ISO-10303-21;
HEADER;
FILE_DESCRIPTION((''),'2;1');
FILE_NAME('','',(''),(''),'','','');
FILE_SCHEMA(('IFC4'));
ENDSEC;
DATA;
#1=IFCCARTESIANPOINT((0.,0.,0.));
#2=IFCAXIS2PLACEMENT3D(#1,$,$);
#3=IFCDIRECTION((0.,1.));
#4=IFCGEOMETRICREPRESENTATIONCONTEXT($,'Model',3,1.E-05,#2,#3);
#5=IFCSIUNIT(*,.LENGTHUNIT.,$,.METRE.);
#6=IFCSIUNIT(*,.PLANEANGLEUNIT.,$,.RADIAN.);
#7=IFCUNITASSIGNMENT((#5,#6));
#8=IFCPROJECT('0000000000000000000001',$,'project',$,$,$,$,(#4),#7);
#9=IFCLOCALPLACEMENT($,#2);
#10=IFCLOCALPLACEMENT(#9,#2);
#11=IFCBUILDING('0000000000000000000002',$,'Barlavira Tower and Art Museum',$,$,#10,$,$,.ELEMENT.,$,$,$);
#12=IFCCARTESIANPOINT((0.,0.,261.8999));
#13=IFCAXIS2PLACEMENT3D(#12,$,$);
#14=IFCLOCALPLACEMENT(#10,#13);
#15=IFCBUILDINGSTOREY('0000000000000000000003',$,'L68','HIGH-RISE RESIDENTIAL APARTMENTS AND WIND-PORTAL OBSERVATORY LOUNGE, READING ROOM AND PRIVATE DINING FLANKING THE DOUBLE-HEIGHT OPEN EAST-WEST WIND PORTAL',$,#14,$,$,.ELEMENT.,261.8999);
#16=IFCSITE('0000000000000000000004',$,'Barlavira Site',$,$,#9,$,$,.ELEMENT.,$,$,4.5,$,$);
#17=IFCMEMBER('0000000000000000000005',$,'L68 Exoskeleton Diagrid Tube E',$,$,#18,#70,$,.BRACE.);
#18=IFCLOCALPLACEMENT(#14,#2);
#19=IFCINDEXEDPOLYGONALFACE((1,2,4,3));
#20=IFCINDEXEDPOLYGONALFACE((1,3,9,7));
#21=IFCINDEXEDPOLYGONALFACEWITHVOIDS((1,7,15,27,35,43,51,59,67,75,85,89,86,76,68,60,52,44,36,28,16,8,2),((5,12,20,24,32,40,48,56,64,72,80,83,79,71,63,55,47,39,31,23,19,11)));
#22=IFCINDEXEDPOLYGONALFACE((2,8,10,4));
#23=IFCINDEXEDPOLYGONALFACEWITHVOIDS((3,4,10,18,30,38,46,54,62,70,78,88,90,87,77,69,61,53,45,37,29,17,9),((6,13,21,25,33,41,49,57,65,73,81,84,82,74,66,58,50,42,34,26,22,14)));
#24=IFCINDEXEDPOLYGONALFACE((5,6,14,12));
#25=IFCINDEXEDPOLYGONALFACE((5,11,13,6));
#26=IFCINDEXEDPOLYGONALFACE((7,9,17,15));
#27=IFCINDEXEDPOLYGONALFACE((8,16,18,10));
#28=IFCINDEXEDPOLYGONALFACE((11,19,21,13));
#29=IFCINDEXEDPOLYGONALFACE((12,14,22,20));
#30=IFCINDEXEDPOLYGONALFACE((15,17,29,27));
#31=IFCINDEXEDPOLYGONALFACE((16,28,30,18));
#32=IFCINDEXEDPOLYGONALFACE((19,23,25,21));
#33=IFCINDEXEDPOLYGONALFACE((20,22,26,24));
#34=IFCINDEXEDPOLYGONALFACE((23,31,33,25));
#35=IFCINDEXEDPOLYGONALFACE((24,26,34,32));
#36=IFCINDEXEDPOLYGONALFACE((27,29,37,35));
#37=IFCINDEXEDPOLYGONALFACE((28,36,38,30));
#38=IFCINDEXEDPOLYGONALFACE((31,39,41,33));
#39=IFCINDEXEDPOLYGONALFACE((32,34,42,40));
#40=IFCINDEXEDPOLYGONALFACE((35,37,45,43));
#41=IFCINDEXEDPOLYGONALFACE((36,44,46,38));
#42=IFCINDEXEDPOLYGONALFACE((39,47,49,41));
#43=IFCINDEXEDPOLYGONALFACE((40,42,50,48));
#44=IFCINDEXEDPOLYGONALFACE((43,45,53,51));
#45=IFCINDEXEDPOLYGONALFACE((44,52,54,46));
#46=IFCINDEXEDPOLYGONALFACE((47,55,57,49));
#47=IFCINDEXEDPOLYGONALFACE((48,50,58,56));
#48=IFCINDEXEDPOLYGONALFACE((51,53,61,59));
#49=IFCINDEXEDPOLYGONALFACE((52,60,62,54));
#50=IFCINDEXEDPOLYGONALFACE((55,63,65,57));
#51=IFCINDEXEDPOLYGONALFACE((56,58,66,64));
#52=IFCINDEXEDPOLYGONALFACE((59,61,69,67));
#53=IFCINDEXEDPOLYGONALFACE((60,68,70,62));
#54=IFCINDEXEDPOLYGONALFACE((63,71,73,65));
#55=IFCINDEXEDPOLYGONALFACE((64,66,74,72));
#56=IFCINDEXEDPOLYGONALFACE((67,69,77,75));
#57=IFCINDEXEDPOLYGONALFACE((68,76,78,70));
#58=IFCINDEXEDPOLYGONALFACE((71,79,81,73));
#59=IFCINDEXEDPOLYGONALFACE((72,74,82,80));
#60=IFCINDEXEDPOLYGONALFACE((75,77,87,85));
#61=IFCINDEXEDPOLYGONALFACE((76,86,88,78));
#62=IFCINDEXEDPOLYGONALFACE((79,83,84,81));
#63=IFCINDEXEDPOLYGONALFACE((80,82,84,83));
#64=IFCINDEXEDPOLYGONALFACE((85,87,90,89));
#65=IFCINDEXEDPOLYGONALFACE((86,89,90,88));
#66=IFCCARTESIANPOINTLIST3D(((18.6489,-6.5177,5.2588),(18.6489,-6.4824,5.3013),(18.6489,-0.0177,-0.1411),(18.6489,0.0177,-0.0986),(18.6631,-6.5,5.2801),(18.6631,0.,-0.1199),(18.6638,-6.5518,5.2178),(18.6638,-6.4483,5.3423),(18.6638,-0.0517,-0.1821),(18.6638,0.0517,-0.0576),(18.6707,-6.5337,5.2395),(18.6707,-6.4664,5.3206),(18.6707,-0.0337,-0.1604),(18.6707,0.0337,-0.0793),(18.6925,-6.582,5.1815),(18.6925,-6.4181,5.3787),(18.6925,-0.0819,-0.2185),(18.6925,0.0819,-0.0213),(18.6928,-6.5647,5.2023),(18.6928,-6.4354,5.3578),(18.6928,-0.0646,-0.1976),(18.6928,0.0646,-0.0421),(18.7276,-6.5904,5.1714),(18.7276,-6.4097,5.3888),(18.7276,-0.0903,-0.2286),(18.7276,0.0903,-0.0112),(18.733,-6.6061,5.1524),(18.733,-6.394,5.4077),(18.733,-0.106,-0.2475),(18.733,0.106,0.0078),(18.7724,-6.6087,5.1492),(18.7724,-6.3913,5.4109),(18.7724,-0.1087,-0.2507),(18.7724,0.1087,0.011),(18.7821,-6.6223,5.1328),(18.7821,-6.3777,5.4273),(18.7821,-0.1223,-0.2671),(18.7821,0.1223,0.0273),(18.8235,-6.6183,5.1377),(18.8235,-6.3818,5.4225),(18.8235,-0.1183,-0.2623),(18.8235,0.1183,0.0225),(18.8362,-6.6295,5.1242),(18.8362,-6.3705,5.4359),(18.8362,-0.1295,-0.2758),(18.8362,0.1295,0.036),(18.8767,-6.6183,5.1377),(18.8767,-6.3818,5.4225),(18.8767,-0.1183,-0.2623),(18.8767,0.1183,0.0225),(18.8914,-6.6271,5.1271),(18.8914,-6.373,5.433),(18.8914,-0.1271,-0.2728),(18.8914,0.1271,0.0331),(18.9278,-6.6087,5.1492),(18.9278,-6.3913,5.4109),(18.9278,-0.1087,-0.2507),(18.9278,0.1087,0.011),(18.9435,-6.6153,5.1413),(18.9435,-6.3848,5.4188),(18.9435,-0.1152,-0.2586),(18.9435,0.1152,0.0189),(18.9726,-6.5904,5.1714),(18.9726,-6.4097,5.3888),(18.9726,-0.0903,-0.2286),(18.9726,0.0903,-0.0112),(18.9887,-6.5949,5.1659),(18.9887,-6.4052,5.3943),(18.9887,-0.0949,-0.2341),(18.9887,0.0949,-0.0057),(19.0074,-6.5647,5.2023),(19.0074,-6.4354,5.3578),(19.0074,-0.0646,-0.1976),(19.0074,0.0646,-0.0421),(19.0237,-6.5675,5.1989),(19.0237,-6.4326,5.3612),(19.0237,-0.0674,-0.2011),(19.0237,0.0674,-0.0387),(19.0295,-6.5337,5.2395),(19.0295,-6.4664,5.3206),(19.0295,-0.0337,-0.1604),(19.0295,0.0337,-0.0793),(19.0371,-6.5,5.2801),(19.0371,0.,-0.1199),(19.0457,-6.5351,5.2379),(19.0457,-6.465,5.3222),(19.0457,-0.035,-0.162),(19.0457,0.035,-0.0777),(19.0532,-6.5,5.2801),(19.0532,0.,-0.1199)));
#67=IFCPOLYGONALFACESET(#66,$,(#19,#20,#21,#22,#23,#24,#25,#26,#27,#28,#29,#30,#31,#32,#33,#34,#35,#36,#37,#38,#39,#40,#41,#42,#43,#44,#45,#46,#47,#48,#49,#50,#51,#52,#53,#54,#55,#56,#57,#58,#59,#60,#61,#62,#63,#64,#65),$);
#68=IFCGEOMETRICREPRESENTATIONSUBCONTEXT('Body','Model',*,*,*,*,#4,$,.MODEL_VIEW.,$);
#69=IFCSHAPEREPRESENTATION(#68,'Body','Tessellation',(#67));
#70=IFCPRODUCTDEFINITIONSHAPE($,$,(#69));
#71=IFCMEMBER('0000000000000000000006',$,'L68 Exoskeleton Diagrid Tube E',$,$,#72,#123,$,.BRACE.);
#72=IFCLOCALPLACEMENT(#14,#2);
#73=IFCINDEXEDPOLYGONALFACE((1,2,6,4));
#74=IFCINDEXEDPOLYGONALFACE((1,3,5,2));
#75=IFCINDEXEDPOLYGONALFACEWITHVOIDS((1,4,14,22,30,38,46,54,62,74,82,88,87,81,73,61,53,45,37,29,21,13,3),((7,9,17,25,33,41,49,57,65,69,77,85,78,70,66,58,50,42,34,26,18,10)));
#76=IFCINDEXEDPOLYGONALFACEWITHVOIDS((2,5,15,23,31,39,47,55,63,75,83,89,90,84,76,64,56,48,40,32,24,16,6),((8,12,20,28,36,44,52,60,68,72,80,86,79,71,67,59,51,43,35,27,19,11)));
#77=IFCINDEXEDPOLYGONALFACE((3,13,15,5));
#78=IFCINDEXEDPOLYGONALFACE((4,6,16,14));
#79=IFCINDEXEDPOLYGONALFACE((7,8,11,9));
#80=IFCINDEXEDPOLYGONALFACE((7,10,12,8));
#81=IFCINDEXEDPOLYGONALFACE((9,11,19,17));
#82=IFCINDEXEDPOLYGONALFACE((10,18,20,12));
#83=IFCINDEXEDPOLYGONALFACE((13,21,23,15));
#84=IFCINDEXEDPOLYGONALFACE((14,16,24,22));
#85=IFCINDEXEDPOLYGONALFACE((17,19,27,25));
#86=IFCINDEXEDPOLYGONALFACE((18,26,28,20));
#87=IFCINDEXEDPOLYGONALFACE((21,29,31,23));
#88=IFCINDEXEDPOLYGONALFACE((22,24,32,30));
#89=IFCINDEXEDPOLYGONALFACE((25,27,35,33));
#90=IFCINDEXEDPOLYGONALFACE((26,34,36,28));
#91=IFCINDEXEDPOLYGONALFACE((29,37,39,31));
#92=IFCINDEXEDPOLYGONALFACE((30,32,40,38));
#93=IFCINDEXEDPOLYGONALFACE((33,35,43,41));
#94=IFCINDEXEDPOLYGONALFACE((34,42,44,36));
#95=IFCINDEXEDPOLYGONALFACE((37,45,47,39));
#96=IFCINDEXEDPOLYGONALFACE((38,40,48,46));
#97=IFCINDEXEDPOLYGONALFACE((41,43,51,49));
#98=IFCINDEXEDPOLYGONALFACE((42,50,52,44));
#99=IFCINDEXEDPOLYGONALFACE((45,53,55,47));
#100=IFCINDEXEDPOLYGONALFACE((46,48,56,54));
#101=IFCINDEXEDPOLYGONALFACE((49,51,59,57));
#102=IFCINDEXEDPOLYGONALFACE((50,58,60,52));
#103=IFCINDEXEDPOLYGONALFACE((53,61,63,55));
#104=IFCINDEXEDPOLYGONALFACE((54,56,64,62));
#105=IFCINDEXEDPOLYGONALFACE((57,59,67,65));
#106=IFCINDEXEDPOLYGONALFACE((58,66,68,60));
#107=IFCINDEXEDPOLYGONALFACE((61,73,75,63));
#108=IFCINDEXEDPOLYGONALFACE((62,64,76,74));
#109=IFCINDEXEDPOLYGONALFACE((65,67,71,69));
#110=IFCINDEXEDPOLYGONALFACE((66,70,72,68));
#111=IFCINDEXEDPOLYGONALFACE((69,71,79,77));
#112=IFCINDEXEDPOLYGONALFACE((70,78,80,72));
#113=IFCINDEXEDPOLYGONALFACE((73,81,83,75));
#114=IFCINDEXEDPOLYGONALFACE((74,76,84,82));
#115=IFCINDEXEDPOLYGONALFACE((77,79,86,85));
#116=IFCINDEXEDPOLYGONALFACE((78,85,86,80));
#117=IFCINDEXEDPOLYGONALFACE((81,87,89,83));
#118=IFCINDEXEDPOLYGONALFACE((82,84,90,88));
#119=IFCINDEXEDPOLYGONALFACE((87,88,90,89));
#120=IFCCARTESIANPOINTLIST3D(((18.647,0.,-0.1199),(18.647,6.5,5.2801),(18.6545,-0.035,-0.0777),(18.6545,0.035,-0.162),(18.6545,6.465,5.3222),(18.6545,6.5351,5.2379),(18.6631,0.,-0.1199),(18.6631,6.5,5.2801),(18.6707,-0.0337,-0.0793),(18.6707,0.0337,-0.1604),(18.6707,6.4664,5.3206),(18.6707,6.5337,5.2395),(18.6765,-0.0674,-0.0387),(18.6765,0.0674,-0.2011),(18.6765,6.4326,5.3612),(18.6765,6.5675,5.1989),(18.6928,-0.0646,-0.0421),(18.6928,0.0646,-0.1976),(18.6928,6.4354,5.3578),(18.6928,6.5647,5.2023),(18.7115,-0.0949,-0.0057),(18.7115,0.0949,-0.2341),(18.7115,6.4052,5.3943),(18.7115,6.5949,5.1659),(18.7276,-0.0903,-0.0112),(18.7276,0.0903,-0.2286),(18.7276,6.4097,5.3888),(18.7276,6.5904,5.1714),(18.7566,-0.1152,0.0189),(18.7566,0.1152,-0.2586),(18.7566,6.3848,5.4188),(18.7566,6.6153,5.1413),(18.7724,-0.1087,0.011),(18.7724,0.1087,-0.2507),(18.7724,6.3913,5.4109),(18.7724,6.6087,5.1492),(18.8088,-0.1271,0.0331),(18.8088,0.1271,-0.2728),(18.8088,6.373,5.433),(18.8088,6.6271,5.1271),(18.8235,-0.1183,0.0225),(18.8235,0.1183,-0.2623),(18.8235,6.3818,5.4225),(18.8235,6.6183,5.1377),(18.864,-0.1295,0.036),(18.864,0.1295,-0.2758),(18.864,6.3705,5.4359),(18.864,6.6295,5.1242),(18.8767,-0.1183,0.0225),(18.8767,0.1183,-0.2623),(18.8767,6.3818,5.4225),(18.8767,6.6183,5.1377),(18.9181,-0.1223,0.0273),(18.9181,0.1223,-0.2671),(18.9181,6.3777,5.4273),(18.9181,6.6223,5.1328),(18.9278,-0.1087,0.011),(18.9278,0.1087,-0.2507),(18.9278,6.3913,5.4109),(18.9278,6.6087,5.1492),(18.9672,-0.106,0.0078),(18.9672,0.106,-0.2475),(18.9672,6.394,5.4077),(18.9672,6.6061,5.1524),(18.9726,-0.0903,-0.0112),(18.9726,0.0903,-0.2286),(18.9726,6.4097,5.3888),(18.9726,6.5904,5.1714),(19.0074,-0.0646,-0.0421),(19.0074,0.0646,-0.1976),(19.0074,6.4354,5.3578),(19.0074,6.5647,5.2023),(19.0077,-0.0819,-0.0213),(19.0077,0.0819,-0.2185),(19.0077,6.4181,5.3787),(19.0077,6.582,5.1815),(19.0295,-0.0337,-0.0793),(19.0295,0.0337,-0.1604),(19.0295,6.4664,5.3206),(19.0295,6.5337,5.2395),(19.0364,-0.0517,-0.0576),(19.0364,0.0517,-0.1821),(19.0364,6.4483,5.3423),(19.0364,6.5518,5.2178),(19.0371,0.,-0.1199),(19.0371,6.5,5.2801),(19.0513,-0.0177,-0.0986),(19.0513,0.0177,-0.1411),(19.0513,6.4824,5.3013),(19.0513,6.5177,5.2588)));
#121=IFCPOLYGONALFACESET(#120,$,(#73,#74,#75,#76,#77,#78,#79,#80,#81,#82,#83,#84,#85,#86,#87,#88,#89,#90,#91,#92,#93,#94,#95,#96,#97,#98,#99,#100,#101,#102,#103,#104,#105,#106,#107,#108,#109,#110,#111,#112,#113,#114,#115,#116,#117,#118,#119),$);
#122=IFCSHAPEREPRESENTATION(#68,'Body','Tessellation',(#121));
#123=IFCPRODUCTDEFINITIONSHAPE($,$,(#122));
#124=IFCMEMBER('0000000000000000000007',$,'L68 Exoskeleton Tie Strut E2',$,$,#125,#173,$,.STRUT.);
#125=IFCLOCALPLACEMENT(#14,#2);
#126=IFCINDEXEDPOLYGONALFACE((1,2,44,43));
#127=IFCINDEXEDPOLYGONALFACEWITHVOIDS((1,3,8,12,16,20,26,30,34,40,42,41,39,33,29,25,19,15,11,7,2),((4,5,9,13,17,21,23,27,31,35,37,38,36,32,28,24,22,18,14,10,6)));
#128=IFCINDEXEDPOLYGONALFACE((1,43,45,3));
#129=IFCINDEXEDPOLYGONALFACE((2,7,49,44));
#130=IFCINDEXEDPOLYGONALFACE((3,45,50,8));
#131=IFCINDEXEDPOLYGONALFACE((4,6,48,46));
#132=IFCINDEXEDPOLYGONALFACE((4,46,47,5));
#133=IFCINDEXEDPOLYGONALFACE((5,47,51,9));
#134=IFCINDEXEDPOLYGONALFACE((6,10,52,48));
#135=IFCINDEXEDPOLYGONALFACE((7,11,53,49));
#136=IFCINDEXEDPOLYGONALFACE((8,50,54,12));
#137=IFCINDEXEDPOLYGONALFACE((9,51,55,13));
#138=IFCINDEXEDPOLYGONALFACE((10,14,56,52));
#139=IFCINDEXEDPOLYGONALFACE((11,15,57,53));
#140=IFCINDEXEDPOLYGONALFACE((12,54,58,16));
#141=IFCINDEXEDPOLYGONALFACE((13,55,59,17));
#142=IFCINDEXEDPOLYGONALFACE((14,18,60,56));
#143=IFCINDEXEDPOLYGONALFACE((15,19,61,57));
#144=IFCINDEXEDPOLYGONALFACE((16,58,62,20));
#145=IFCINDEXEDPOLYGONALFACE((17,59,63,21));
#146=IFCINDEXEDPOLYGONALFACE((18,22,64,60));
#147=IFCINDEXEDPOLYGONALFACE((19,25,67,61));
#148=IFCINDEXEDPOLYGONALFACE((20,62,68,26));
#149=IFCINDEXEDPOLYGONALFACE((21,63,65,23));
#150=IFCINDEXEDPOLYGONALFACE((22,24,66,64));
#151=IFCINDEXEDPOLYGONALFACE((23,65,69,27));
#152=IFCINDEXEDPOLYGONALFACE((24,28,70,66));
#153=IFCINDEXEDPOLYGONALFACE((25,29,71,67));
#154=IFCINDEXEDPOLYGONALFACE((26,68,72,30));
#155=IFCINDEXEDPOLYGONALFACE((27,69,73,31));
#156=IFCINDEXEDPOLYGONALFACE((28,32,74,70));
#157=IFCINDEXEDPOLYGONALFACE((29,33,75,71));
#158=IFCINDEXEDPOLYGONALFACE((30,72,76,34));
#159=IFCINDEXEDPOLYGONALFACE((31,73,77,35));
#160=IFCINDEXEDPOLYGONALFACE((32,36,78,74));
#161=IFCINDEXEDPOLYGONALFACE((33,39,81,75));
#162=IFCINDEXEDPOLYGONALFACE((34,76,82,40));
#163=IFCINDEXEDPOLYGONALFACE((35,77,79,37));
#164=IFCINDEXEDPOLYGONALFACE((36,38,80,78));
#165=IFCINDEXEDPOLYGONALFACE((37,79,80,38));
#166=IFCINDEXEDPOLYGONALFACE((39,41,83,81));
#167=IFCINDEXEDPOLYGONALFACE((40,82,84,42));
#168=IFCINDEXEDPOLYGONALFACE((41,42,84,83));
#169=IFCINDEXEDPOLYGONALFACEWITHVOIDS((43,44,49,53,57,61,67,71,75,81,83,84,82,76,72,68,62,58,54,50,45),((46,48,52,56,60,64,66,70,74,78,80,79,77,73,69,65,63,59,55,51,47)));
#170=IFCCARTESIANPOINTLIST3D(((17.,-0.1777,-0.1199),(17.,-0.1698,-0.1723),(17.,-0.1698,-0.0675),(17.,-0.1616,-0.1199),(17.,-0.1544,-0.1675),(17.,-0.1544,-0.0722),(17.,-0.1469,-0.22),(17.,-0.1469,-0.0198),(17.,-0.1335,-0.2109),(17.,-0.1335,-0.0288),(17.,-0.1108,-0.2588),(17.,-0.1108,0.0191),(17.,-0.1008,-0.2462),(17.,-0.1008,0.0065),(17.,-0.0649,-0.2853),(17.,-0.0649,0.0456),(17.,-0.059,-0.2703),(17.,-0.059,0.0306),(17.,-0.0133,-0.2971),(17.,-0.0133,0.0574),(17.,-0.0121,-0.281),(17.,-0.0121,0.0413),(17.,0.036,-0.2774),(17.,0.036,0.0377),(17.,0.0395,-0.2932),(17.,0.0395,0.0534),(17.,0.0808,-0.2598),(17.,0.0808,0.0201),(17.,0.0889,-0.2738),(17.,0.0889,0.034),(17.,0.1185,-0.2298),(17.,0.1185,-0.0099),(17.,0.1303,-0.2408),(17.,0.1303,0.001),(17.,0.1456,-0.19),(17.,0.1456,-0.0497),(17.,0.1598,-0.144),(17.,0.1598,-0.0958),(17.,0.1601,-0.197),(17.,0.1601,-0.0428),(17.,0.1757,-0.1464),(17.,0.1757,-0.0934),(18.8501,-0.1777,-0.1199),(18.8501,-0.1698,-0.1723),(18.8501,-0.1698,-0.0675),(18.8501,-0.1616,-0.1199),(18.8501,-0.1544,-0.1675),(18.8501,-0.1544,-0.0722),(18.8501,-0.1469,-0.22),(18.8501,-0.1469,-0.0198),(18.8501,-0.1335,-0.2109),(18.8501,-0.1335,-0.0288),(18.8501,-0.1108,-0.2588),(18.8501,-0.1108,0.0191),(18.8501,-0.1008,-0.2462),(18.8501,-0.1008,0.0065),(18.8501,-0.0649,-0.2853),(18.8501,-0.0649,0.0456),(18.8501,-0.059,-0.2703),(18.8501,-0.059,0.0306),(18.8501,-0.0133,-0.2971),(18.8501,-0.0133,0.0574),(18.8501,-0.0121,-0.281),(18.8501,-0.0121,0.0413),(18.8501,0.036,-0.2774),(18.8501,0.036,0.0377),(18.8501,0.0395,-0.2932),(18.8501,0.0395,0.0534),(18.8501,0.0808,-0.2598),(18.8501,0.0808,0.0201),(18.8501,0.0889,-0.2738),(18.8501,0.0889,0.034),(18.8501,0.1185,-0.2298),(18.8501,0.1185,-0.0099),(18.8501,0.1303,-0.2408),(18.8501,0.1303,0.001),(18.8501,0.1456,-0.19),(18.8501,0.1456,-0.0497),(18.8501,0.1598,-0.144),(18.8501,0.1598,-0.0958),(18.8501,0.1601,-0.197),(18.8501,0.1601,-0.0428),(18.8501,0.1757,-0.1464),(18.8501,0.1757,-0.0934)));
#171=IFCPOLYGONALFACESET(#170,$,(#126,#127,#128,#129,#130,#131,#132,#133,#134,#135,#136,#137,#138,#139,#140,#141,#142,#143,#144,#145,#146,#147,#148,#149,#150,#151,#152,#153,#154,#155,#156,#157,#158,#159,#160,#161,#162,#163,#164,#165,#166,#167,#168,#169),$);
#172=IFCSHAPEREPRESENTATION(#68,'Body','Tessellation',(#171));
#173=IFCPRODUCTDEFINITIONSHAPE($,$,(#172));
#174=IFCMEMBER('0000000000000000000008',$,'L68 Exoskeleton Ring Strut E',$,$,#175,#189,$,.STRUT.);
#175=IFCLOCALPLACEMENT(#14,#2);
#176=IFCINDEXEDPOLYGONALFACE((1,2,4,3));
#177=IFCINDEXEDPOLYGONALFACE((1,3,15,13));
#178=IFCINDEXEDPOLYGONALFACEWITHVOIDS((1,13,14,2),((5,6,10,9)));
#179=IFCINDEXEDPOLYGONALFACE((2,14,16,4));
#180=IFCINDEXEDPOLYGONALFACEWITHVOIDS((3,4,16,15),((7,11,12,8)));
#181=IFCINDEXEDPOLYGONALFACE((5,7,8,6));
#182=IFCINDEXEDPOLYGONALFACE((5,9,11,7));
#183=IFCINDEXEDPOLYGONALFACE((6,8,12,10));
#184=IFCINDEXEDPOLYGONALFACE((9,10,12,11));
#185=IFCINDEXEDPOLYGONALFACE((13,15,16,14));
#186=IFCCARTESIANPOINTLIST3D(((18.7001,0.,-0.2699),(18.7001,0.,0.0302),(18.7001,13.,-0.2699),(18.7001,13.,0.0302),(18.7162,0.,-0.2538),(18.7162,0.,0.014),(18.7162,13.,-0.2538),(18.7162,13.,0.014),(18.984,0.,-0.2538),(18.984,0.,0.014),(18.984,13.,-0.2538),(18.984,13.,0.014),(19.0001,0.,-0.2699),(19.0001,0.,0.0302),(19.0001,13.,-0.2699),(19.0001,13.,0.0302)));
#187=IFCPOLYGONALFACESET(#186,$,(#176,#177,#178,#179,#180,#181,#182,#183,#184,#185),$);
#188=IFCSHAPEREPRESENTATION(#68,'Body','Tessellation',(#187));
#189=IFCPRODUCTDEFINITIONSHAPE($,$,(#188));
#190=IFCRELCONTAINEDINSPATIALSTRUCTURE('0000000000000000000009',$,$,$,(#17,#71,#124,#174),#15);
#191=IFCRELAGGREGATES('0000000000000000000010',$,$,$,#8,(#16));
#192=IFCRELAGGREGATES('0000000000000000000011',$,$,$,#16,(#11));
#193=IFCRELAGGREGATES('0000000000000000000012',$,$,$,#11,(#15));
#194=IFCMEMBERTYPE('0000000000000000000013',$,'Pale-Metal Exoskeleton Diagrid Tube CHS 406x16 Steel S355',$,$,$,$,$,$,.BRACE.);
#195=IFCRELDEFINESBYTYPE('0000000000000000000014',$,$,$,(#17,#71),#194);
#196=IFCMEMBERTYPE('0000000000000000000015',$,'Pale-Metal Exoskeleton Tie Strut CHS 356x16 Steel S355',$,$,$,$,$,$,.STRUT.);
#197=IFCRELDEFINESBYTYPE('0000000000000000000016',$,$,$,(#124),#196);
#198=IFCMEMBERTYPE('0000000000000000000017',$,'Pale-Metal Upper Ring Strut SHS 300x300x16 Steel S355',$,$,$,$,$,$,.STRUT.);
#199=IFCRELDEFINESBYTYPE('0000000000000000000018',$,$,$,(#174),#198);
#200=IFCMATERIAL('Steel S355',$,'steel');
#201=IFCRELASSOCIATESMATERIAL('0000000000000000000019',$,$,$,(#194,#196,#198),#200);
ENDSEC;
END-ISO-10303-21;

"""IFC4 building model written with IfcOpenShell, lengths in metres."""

from ifc_helpers import new_model, si_unit, direction, frame, origin, origin_2d, place, context, subcontext, project, spatial, hollow_rectangle, hollow_circle, extrude, material, material_profile, profile_set, type_object, element, save


model = new_model("IFC4")

# Units and contexts
model_context = context("Model", 3, precision=1e-05, world=origin(), true_north=direction((0.0, 1.0)))
body_context = subcontext(model_context, "Body", "Model", "MODEL_VIEW")
ifc_project = project(units=[si_unit("LENGTHUNIT", "METRE"), si_unit("PLANEANGLEUNIT", "RADIAN")], contexts=[model_context])

# Site, building, storey
site_placement = place(None, origin())
site = spatial("IfcSite", under=ifc_project, at=site_placement, Name="Barlavira Site", CompositionType="ELEMENT", RefElevation=4.5)
building_placement = place(site_placement, origin())
building = spatial("IfcBuilding", under=site, at=building_placement, Name="Barlavira Tower and Art Museum", CompositionType="ELEMENT")
storey_placement = place(building_placement, frame((0.0, 0.0, 261.8999)))
storey = spatial("IfcBuildingStorey", under=building, at=storey_placement, Name="L68", Description="HIGH-RISE RESIDENTIAL APARTMENTS AND WIND-PORTAL OBSERVATORY LOUNGE, READING ROOM AND PRIVATE DINING FLANKING THE DOUBLE-HEIGHT OPEN EAST-WEST WIND PORTAL", CompositionType="ELEMENT", Elevation=261.8999)

# Members
ifc_material_1 = material(Name="Steel S355", Category="steel")
ifc_material_profile_1 = material_profile(ifc_material_1, hollow_circle(Radius=0.2031, WallThickness=0.0161, at=origin_2d()), Name="CHS 406.4x16.0")
ifc_profile_set_1 = profile_set([ifc_material_profile_1], Name="Steel S355")
member_type_1 = type_object("IfcMemberType", Name="Pale-Metal Exoskeleton Diagrid Tube CHS 406x16 Steel S355", PredefinedType="BRACE", material=ifc_profile_set_1)
for number, where, z_axis, x_axis, name in (
    (1, (18.8501, 0.0, -0.1199), (0.0, -0.769196, 0.639013), (1.0, 0.0, 0.0), "L68 Exoskeleton Diagrid Tube E"),
    (2, (18.8501, 0.0, -0.1199), (0.0, 0.769196, 0.639013), (-1.0, 0.0, 0.0), "L68 Exoskeleton Diagrid Tube E"),
):
    element("IfcMember", number, at=place(storey_placement, frame(where, z_axis=z_axis, x_axis=x_axis)), inside=storey, type_object=member_type_1, Name=name, PredefinedType="BRACE", context=body_context, shape_type="SweptSolid", body=[
        extrude(hollow_circle(Radius=0.2031, WallThickness=0.0161, at=origin_2d()), origin(), (0.0, 0.0, 1.0), 8.4504),
    ])
ifc_material_profile_2 = material_profile(ifc_material_1, hollow_circle(Radius=0.1777, WallThickness=0.0161, at=origin_2d()), Name="CHS 355.6x16.0")
ifc_profile_set_2 = profile_set([ifc_material_profile_2], Name="Steel S355")
member_type_2 = type_object("IfcMemberType", Name="Pale-Metal Exoskeleton Tie Strut CHS 356x16 Steel S355", PredefinedType="STRUT", material=ifc_profile_set_2)
member_1_placement = place(storey_placement, frame((18.8501, 0.0, -0.1199), z_axis=(-1.0, 0.0, 0.0), x_axis=(0.0, -1.0, 0.0)))
element("IfcMember", 3, at=member_1_placement, inside=storey, type_object=member_type_2, Name="L68 Exoskeleton Tie Strut E2", PredefinedType="STRUT", context=body_context, shape_type="SweptSolid", body=[
    extrude(hollow_circle(Radius=0.1777, WallThickness=0.0161, at=origin_2d()), origin(), (0.0, 0.0, 1.0), 1.8501),
])
ifc_material_profile_3 = material_profile(ifc_material_1, hollow_rectangle(XDim=0.3, YDim=0.3, WallThickness=0.0161, at=origin_2d()), Name="SHS 300x300x16.0")
ifc_profile_set_3 = profile_set([ifc_material_profile_3], Name="Steel S355")
member_type_3 = type_object("IfcMemberType", Name="Pale-Metal Upper Ring Strut SHS 300x300x16 Steel S355", PredefinedType="STRUT", material=ifc_profile_set_3)
member_2_placement = place(storey_placement, frame((18.8501, 0.0, -0.1199), z_axis=(0.0, 1.0, 0.0), x_axis=(-1.0, 0.0, 0.0)))
element("IfcMember", 4, at=member_2_placement, inside=storey, type_object=member_type_3, Name="L68 Exoskeleton Ring Strut E", PredefinedType="STRUT", context=body_context, shape_type="SweptSolid", body=[
    extrude(hollow_rectangle(XDim=0.3, YDim=0.3, WallThickness=0.0161, at=origin_2d()), origin(), (0.0, 0.0, 1.0), 13.0),
])

save(model, "model.ifc")
